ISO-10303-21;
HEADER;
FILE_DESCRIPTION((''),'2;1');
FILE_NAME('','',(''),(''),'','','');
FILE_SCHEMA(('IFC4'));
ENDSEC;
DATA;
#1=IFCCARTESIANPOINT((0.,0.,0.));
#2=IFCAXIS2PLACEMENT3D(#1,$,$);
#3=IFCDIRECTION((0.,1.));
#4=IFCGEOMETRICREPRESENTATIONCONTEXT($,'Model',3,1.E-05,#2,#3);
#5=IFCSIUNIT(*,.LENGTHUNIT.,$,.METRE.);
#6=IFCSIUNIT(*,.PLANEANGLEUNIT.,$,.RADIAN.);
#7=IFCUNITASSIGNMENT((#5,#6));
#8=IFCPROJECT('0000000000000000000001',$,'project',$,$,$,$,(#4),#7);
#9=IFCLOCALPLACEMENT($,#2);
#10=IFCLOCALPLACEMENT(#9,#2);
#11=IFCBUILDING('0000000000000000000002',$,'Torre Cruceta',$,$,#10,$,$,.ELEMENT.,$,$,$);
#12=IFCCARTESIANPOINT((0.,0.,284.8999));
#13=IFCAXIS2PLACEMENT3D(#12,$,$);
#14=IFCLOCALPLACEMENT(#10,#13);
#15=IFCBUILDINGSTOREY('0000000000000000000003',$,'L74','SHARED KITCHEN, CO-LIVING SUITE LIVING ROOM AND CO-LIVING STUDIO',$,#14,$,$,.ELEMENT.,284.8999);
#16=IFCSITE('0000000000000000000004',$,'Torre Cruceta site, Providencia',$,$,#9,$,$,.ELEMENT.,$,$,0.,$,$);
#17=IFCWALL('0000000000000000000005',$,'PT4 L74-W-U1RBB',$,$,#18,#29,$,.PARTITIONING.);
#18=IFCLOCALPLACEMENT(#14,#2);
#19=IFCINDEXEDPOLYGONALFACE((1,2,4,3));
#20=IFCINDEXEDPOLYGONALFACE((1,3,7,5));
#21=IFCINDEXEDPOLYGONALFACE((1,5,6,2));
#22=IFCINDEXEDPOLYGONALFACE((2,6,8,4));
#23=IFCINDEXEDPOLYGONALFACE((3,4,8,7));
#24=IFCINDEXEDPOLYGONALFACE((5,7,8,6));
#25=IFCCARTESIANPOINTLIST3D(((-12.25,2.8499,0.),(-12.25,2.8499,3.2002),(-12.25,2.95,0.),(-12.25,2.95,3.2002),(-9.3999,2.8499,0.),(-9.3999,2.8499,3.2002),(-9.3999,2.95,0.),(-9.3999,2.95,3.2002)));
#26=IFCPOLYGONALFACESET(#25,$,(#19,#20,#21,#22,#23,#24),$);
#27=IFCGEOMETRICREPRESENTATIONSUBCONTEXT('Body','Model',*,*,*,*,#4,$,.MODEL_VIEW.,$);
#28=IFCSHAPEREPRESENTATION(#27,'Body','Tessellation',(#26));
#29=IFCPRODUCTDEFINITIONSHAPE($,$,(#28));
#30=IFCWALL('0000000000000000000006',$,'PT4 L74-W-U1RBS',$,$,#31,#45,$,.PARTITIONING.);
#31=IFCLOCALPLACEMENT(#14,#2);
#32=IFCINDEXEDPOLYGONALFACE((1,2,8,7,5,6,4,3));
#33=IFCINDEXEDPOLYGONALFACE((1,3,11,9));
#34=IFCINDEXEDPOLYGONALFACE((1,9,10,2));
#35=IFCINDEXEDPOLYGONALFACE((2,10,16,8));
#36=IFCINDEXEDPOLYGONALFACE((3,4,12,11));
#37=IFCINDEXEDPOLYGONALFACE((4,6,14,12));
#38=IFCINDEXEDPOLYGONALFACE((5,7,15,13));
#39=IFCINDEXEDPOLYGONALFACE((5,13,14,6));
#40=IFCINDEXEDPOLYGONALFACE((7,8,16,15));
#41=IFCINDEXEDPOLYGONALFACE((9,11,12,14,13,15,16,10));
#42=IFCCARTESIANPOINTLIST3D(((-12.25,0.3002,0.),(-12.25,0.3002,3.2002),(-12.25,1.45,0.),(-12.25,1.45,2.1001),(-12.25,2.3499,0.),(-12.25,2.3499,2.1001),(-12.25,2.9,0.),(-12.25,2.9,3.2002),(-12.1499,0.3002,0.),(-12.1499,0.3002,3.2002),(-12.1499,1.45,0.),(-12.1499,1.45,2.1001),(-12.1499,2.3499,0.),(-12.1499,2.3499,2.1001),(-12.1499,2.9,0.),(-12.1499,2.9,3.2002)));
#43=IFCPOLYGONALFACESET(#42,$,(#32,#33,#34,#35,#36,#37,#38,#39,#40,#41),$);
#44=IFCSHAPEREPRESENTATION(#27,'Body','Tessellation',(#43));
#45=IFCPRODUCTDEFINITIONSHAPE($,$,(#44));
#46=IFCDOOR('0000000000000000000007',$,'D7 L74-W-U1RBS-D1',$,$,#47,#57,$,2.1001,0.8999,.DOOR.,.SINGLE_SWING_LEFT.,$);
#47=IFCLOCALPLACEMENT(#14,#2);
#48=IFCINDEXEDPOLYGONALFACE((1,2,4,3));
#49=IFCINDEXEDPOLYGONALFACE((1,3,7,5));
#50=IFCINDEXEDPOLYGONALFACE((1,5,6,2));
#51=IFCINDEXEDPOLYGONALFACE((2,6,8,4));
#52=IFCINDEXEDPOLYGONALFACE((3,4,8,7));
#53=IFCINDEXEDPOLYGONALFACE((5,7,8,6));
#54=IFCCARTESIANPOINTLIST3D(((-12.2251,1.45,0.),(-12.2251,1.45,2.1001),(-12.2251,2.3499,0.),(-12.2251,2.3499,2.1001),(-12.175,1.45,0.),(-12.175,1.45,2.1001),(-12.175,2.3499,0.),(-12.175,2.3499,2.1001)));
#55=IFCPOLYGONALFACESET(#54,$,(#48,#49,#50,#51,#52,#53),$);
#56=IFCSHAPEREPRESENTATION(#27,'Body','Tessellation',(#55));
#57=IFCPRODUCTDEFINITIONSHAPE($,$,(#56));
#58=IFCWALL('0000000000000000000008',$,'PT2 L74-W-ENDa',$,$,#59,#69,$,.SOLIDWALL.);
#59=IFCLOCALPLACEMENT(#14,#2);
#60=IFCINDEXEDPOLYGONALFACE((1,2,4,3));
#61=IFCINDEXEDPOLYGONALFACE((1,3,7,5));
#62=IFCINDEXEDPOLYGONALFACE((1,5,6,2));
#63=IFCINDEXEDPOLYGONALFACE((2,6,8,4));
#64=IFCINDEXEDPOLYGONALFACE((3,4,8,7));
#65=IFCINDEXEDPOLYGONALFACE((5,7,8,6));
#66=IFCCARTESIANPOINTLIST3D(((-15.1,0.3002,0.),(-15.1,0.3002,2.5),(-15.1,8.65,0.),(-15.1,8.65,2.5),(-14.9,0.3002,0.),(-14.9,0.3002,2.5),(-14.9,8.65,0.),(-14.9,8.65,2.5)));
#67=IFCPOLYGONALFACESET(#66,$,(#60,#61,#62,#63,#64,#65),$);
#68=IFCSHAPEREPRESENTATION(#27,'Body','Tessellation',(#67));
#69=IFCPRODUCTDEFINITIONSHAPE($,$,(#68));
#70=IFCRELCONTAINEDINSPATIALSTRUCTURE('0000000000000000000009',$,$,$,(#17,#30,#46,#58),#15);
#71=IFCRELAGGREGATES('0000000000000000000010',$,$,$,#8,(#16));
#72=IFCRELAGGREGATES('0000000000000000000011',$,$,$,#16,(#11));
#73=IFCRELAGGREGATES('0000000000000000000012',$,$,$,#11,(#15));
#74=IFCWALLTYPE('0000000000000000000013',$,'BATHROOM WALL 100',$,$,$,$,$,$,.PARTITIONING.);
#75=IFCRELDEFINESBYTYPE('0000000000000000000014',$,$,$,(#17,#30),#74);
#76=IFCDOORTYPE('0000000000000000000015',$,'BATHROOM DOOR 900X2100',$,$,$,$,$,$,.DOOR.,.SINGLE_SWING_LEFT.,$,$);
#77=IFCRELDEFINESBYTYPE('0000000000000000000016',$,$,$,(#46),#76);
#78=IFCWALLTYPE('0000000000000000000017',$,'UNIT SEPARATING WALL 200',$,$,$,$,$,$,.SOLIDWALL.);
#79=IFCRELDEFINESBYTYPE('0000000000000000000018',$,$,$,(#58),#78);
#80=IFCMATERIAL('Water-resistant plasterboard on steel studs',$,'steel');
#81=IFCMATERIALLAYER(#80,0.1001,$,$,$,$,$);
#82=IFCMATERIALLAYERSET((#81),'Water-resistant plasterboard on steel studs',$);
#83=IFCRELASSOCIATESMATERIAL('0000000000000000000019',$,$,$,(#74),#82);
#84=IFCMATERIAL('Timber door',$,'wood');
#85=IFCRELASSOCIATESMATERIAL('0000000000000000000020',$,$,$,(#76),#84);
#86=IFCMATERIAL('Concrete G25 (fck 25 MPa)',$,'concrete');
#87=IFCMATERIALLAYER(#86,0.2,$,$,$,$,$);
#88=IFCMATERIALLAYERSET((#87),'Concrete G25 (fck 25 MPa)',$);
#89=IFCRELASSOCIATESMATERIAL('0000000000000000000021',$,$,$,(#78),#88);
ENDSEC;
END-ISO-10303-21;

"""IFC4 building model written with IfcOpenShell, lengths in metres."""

from ifc_helpers import new_model, si_unit, direction, frame, frame_2d, origin, place, context, subcontext, project, spatial, rectangle, extrude, material, layer, layer_set, type_object, element, fill, save


model = new_model("IFC4")

# Units and contexts
model_context = context("Model", 3, precision=1e-05, world=origin(), true_north=direction((0.0, 1.0)))
body_context = subcontext(model_context, "Body", "Model", "MODEL_VIEW")
ifc_project = project(units=[si_unit("LENGTHUNIT", "METRE"), si_unit("PLANEANGLEUNIT", "RADIAN")], contexts=[model_context])

# Site, building, storey
site_placement = place(None, origin())
site = spatial("IfcSite", under=ifc_project, at=site_placement, Name="Torre Cruceta site, Providencia", CompositionType="ELEMENT", RefElevation=0.0)
building_placement = place(site_placement, origin())
building = spatial("IfcBuilding", under=site, at=building_placement, Name="Torre Cruceta", CompositionType="ELEMENT")
storey_placement = place(building_placement, frame((0.0, 0.0, 284.8999)))
storey = spatial("IfcBuildingStorey", under=building, at=storey_placement, Name="L74", Description="SHARED KITCHEN, CO-LIVING SUITE LIVING ROOM AND CO-LIVING STUDIO", CompositionType="ELEMENT", Elevation=284.8999)

# Wall
ifc_material_1 = material(Name="Water-resistant plasterboard on steel studs", Category="steel")
ifc_layer_1 = layer(ifc_material_1, 0.1001)
ifc_layer_set_1 = layer_set([ifc_layer_1], Name="Water-resistant plasterboard on steel studs")
wall_type_1 = type_object("IfcWallType", Name="BATHROOM WALL 100", PredefinedType="PARTITIONING", material=ifc_layer_set_1)
wall_1_placement = place(storey_placement, frame((-9.3999, 2.8999, 0.0), z_axis=(0.0, 0.0, 1.0), x_axis=(-1.0, 0.0, 0.0)))
element("IfcWall", 1, at=wall_1_placement, inside=storey, type_object=wall_type_1, Name="PT4 L74-W-U1RBB", PredefinedType="PARTITIONING", context=body_context, shape_type="SweptSolid", body=[
    extrude(rectangle(XDim=2.8501, YDim=0.1001, at=frame_2d((1.425, 0.0))), origin(), (0.0, 0.0, 1.0), 3.2002),
])

# Wall, opening, door
wall_2_placement = place(storey_placement, frame((-12.2, 2.8999, 0.0), z_axis=(0.0, 0.0, 1.0), x_axis=(0.0, -1.0, 0.0)))
wall_2 = element("IfcWall", 2, at=wall_2_placement, inside=storey, type_object=wall_type_1, Name="PT4 L74-W-U1RBS", PredefinedType="PARTITIONING", context=body_context, shape_type="SweptSolid", body=[
    extrude(rectangle(XDim=2.5999, YDim=0.1001, at=frame_2d((1.2998, 0.0))), origin(), (0.0, 0.0, 1.0), 3.2002),
])
opening_1_placement = place(wall_2_placement, frame((0.55, 0.0, 0.0)))
opening_1 = element("IfcOpeningElement", 3, at=opening_1_placement, cuts=wall_2, PredefinedType="OPENING", context=body_context, shape_type="SweptSolid", body=[
    extrude(rectangle(XDim=0.8999, YDim=2.1001, at=frame_2d((0.45, 1.05))), frame((0.0, 0.0601, 0.0), z_axis=(0.0, -1.0, 0.0), x_axis=(1.0, 0.0, 0.0)), (0.0, 0.0, 1.0), 0.1201),
])
ifc_material_2 = material(Name="Timber door", Category="wood")
door_type_1 = type_object("IfcDoorType", Name="BATHROOM DOOR 900X2100", OperationType="SINGLE_SWING_LEFT", PredefinedType="DOOR", material=ifc_material_2)
door_1_placement = place(opening_1_placement, origin())
door_1 = element("IfcDoor", 4, at=door_1_placement, inside=storey, type_object=door_type_1, Name="D7 L74-W-U1RBS-D1", OperationType="SINGLE_SWING_LEFT", OverallHeight=2.1001, OverallWidth=0.8999, PredefinedType="DOOR", context=body_context, shape_type="SweptSolid", body=[
    extrude(rectangle(XDim=0.8999, YDim=2.1001, at=frame_2d((0.45, 1.05))), frame((0.0, 0.0249, 0.0), z_axis=(0.0, -1.0, 0.0), x_axis=(1.0, 0.0, 0.0)), (0.0, 0.0, 1.0), 0.05),
])
fill(opening_1, door_1)

# Wall
ifc_material_3 = material(Name="Concrete G25 (fck 25 MPa)", Category="concrete")
ifc_layer_2 = layer(ifc_material_3, 0.2)
ifc_layer_set_2 = layer_set([ifc_layer_2], Name="Concrete G25 (fck 25 MPa)")
wall_type_2 = type_object("IfcWallType", Name="UNIT SEPARATING WALL 200", PredefinedType="SOLIDWALL", material=ifc_layer_set_2)
wall_3_placement = place(storey_placement, frame((-15.0, 8.6499, 0.0), z_axis=(0.0, 0.0, 1.0), x_axis=(0.0, -1.0, 0.0)))
element("IfcWall", 5, at=wall_3_placement, inside=storey, type_object=wall_type_2, Name="PT2 L74-W-ENDa", PredefinedType="SOLIDWALL", context=body_context, shape_type="SweptSolid", body=[
    extrude(rectangle(XDim=8.3499, YDim=0.2, at=frame_2d((4.1748, 0.0))), origin(), (0.0, 0.0, 1.0), 2.5),
])

save(model, "model.ifc")
